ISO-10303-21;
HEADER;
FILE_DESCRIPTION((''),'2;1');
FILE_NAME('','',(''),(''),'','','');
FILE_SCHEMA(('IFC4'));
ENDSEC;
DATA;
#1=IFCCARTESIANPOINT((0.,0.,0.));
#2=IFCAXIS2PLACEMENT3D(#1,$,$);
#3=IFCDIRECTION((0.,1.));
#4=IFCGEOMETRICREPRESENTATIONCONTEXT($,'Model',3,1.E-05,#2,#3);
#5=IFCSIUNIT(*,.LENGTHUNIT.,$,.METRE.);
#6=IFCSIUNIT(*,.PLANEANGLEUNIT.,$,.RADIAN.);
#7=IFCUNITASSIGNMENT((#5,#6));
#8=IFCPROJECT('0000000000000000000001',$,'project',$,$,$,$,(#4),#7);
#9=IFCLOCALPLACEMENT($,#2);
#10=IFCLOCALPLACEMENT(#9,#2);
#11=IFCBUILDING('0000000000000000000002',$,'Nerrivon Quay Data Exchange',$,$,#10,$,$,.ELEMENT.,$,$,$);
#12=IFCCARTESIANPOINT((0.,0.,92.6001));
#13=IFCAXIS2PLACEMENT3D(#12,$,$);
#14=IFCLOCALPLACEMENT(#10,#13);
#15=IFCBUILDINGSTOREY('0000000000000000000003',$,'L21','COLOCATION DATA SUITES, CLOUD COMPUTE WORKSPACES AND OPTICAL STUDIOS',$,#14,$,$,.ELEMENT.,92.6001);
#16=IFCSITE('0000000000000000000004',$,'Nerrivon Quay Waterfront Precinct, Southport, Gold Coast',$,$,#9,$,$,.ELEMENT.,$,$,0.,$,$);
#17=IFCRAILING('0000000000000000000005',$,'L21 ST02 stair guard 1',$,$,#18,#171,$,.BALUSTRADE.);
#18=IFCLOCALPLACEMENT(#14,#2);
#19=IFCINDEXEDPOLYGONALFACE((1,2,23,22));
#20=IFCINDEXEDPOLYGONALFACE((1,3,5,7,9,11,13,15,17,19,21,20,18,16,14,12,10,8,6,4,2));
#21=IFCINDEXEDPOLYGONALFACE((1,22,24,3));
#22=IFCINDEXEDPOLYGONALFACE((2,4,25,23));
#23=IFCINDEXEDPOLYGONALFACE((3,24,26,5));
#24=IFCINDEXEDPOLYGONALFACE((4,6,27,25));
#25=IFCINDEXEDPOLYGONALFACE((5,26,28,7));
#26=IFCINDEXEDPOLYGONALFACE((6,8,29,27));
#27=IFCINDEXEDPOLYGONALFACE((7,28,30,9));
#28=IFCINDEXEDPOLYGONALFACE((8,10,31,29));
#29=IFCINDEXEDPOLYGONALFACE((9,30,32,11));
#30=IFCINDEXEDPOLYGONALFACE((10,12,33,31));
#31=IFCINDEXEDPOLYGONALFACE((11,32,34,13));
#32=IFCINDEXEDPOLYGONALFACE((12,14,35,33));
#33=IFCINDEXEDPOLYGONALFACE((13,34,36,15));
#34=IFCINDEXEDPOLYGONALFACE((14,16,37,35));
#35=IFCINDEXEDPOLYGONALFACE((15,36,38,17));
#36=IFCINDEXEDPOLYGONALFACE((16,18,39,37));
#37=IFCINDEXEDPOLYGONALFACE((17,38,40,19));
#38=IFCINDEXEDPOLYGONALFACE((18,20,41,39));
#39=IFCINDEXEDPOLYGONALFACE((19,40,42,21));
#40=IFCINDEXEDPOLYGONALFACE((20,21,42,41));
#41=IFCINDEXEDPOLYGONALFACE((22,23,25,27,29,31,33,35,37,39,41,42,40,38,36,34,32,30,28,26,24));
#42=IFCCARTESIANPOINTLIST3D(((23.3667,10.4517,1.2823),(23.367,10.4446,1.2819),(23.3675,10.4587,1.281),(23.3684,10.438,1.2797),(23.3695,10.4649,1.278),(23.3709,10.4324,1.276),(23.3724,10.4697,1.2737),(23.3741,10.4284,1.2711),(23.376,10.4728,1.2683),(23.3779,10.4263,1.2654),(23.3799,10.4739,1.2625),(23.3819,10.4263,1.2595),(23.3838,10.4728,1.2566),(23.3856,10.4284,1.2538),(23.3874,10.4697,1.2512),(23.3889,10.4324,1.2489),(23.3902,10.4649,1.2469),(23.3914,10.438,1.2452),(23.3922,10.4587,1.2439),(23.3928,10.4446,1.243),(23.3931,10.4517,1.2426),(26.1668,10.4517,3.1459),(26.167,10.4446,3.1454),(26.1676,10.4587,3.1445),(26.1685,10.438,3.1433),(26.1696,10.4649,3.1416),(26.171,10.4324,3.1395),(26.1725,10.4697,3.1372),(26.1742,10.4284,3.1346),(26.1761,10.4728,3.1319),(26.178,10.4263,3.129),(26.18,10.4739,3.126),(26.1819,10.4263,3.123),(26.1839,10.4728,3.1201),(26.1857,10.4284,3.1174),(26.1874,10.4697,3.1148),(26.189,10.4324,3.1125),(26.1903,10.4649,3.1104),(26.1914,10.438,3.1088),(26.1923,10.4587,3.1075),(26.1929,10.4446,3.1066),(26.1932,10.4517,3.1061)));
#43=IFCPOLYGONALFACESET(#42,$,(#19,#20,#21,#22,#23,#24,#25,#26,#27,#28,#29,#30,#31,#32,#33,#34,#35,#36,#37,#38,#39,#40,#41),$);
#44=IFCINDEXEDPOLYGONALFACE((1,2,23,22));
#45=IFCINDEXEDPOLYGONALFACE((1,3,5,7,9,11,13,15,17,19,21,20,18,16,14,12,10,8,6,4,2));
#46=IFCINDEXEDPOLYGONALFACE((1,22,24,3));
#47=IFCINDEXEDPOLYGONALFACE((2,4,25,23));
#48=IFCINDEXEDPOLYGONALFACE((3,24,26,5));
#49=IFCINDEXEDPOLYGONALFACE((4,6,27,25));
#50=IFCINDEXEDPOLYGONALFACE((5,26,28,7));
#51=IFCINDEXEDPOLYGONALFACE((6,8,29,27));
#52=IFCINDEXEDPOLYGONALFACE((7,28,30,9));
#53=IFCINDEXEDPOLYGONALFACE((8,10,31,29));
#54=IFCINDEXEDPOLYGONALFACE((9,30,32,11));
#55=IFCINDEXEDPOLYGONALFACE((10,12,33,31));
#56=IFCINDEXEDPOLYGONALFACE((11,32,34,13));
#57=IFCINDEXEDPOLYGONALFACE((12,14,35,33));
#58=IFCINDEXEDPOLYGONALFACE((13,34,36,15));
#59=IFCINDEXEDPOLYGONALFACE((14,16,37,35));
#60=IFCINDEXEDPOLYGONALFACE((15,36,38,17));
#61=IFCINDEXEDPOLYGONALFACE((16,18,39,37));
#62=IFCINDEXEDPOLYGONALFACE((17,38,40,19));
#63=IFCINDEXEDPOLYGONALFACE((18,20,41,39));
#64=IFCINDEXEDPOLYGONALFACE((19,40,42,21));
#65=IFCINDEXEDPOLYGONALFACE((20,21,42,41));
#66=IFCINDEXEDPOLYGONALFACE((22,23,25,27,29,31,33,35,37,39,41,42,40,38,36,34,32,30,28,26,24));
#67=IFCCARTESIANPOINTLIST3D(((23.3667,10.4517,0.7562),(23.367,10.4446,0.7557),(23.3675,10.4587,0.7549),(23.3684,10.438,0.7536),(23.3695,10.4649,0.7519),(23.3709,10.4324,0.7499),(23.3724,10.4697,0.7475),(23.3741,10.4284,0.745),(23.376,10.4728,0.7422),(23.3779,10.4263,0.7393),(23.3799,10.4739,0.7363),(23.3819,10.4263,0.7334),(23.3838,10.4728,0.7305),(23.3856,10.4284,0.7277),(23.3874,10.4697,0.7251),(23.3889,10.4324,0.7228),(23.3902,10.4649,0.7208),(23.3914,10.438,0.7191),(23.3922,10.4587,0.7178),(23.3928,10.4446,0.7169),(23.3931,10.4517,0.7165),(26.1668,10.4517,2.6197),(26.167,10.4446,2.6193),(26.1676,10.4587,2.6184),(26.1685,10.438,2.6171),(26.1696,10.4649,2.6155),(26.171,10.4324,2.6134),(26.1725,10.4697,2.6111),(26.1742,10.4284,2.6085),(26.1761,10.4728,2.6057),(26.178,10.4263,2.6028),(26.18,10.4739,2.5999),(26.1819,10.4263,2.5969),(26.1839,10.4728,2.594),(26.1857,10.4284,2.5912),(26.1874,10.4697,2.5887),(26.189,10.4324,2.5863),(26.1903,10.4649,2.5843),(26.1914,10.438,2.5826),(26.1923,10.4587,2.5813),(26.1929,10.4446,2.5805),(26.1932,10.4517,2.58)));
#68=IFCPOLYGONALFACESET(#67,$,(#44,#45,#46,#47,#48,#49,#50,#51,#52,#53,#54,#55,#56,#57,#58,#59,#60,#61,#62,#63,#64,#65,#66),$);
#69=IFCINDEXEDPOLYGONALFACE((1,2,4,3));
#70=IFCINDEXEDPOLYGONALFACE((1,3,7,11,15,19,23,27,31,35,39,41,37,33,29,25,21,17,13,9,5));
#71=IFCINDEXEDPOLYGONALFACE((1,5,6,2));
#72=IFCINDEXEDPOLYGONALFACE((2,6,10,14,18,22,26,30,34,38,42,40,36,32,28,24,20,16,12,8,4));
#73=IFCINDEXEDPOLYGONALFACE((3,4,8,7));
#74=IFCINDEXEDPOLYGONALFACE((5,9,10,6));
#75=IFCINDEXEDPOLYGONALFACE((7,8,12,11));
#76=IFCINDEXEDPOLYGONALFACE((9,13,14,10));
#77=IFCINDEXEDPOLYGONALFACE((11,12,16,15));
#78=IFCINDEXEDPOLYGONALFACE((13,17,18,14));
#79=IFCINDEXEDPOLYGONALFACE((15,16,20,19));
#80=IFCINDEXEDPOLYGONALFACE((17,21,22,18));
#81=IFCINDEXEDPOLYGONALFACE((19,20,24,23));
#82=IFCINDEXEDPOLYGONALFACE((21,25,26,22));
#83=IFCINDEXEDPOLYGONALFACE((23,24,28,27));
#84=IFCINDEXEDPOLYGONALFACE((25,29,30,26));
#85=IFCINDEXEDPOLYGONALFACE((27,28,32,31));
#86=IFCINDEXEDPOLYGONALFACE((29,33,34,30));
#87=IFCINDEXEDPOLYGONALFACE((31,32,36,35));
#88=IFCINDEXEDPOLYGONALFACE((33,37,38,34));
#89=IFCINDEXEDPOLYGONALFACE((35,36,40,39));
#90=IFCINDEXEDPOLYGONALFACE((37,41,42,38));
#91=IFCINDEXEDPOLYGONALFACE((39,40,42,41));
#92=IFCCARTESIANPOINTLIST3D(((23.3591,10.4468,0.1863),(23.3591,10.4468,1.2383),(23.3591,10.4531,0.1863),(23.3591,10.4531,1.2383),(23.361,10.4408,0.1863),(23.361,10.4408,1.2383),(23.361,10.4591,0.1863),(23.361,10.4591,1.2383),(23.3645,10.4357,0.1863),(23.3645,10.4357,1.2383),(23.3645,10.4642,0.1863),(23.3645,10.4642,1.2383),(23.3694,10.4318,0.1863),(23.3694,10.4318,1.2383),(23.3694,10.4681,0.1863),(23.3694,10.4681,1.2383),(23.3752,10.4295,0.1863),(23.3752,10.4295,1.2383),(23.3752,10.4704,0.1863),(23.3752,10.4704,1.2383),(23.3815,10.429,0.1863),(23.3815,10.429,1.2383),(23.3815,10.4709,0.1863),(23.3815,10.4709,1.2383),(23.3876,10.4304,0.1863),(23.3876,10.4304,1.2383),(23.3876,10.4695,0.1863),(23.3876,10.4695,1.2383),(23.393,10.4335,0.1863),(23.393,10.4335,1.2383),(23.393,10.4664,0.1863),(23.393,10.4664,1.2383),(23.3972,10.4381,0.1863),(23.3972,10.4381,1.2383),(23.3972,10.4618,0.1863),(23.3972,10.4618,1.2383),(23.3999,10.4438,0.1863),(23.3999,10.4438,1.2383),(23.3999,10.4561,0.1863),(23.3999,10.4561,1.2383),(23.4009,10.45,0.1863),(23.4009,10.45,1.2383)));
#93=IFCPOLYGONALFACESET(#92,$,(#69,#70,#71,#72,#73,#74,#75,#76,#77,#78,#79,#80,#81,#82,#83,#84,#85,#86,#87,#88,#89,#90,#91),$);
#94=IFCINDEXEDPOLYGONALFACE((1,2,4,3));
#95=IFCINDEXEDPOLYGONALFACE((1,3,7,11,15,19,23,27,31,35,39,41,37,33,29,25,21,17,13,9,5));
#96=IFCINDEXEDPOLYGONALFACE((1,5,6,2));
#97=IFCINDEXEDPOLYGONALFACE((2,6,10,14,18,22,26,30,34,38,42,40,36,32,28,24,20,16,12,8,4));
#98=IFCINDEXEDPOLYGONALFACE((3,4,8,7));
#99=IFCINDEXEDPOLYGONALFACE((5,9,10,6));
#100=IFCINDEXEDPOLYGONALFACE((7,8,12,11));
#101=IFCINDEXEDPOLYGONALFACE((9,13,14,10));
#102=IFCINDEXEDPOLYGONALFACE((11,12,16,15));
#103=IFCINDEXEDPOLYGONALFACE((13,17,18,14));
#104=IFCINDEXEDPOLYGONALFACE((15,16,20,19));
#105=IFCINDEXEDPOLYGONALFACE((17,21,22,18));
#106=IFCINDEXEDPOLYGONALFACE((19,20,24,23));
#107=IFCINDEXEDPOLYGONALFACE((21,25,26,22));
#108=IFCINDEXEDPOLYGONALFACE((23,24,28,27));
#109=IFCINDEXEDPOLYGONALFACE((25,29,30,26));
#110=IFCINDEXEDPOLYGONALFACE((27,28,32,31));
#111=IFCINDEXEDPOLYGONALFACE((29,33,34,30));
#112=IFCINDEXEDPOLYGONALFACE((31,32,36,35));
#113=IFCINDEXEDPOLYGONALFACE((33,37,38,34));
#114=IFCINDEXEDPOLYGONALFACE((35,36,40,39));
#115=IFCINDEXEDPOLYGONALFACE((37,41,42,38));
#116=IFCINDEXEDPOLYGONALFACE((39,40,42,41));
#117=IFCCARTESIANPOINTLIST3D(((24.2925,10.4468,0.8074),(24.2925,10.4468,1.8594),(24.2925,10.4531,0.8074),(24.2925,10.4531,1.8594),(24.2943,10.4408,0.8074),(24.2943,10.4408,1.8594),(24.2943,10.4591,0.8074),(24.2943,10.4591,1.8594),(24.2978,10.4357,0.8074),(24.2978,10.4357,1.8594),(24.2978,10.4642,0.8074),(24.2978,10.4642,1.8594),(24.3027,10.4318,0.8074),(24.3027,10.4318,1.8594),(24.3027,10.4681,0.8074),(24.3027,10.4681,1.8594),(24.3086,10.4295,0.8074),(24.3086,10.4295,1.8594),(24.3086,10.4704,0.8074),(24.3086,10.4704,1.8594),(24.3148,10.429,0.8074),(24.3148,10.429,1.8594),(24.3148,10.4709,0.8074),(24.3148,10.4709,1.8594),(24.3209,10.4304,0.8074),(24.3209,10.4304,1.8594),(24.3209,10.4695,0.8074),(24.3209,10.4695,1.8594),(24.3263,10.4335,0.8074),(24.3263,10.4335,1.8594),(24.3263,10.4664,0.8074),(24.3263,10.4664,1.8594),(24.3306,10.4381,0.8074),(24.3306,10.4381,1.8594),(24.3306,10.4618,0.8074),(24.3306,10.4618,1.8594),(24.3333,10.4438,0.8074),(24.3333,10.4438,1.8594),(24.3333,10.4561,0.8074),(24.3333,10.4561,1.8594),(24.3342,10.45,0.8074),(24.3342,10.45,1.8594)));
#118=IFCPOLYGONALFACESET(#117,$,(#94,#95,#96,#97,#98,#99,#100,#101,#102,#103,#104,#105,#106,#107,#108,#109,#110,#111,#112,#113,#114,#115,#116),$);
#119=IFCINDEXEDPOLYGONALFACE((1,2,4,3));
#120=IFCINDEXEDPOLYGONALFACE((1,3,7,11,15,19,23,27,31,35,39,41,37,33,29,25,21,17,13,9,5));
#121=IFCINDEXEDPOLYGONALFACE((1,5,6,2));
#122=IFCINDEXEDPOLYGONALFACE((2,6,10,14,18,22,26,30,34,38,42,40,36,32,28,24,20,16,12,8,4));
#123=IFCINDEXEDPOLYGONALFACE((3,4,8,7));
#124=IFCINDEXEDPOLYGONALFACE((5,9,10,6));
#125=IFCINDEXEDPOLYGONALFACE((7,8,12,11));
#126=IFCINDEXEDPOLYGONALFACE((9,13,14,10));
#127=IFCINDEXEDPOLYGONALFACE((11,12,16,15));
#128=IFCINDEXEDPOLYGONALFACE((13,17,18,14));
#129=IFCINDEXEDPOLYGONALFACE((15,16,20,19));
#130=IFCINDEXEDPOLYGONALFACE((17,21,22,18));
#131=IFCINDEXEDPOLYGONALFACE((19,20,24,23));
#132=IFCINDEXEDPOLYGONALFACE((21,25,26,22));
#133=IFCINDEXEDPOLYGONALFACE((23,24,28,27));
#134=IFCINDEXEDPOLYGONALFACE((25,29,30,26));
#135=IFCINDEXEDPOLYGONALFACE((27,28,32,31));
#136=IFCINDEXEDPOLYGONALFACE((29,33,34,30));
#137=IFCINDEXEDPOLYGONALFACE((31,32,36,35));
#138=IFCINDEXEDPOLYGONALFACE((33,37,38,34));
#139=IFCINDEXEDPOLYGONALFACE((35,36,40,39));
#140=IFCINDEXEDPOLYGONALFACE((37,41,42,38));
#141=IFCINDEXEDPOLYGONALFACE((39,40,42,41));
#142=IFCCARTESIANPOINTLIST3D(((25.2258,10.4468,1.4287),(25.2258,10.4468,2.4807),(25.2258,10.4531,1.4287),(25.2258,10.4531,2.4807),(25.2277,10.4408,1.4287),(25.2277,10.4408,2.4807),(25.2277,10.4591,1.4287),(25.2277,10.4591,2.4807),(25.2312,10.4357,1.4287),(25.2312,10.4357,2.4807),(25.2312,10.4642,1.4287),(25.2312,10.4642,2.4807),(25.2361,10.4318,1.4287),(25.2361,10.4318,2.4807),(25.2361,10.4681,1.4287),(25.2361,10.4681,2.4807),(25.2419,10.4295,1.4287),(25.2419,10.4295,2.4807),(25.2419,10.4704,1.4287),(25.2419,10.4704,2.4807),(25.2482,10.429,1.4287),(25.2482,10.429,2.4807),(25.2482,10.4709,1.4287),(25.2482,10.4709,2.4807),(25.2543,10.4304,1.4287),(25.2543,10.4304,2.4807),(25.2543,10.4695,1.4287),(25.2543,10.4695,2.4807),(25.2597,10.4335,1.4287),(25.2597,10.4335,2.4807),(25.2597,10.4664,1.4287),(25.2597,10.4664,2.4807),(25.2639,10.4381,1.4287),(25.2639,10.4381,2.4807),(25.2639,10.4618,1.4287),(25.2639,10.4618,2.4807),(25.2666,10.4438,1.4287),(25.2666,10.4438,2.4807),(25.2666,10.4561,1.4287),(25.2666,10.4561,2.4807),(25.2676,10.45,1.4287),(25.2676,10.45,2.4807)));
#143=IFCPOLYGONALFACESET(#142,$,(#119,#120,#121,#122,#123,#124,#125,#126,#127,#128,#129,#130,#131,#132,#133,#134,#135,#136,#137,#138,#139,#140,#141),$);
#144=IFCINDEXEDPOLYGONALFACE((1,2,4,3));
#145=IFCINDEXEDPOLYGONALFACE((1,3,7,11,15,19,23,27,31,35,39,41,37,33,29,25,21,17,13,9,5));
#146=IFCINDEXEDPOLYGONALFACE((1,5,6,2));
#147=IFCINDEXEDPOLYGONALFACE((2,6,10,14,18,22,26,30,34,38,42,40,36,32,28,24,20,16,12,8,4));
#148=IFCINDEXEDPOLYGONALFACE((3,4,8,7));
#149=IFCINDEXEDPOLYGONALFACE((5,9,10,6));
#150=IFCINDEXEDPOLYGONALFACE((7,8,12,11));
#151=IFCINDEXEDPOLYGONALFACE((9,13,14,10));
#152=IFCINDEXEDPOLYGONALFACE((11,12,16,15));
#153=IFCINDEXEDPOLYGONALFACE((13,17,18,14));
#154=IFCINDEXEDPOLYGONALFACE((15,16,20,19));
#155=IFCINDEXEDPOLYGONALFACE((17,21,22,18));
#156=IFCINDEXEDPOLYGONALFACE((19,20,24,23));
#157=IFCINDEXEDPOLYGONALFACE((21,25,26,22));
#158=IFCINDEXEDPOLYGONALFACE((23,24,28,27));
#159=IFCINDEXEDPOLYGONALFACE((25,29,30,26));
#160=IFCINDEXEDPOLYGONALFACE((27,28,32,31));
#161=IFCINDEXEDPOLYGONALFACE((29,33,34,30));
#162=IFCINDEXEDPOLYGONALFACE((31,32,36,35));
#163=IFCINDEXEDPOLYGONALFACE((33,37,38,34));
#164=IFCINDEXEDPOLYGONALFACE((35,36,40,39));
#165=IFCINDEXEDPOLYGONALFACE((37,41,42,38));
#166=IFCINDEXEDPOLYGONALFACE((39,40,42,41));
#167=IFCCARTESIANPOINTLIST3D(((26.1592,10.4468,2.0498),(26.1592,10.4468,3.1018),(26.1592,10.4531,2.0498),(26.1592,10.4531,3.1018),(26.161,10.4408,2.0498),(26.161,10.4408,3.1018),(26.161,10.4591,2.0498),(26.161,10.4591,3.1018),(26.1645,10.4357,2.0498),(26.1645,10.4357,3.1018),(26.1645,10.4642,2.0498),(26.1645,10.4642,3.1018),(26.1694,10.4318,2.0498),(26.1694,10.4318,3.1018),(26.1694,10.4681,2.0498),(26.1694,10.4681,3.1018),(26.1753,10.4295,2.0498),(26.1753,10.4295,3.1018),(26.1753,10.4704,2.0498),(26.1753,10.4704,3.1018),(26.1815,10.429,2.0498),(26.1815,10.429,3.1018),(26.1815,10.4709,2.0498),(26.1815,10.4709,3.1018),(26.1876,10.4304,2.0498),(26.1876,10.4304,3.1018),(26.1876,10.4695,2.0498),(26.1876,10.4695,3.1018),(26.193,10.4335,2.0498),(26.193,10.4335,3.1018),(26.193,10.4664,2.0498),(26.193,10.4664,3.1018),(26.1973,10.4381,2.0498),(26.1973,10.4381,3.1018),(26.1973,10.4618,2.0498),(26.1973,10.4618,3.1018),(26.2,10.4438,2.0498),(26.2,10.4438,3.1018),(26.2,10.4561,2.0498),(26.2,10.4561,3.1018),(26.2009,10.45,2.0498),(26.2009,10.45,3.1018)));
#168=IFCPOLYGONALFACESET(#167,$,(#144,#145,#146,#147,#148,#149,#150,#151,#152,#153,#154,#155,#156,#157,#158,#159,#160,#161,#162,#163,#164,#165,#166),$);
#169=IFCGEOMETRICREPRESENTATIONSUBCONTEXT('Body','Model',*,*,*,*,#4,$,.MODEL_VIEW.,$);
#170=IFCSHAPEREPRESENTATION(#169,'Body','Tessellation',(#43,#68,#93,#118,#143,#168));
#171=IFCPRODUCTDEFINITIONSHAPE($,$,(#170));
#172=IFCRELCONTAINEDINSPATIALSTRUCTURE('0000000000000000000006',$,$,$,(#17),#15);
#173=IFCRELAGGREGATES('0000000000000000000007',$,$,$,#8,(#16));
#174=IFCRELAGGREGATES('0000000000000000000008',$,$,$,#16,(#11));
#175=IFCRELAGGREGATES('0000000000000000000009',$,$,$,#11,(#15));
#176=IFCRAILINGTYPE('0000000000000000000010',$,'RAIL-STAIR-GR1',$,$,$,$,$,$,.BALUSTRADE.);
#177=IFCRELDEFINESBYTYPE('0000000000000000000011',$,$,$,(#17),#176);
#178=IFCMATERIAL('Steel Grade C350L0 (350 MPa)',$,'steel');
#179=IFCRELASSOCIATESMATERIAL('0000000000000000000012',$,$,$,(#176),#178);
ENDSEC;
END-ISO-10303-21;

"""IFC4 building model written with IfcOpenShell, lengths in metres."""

from ifc_helpers import new_model, si_unit, direction, frame, origin, origin_2d, place, context, subcontext, project, spatial, circle, extrude, material, type_object, element, save


model = new_model("IFC4")

# Units and contexts
model_context = context("Model", 3, precision=1e-05, world=origin(), true_north=direction((0.0, 1.0)))
body_context = subcontext(model_context, "Body", "Model", "MODEL_VIEW")
ifc_project = project(units=[si_unit("LENGTHUNIT", "METRE"), si_unit("PLANEANGLEUNIT", "RADIAN")], contexts=[model_context])

# Site, building, storey
site_placement = place(None, origin())
site = spatial("IfcSite", under=ifc_project, at=site_placement, Name="Nerrivon Quay Waterfront Precinct, Southport, Gold Coast", CompositionType="ELEMENT", RefElevation=0.0)
building_placement = place(site_placement, origin())
building = spatial("IfcBuilding", under=site, at=building_placement, Name="Nerrivon Quay Data Exchange", CompositionType="ELEMENT")
storey_placement = place(building_placement, frame((0.0, 0.0, 92.6001)))
storey = spatial("IfcBuildingStorey", under=building, at=storey_placement, Name="L21", Description="COLOCATION DATA SUITES, CLOUD COMPUTE WORKSPACES AND OPTICAL STUDIOS", CompositionType="ELEMENT", Elevation=92.6001)

# Railing
ifc_material_1 = material(Name="Steel Grade C350L0 (350 MPa)", Category="steel")
railing_type_1 = type_object("IfcRailingType", Name="RAIL-STAIR-GR1", PredefinedType="BALUSTRADE", material=ifc_material_1)
railing_1_placement = place(storey_placement, frame((23.3799, 10.45, 0.1863)))
element("IfcRailing", 1, at=railing_1_placement, inside=storey, type_object=railing_type_1, Name="L21 ST02 stair guard 1", PredefinedType="BALUSTRADE", context=body_context, shape_type="SweptSolid", body=[
    extrude(circle(Radius=0.0239, at=origin_2d()), frame((0.0, 0.0, 1.0762), z_axis=(0.832486, 0.0, 0.554047), x_axis=(0.0, 1.0, 0.0)), (0.0, 0.0, 1.0), 3.3635),
    extrude(circle(Radius=0.0239, at=origin_2d()), frame((0.0, 0.0, 0.55), z_axis=(0.832486, 0.0, 0.554047), x_axis=(0.0, 1.0, 0.0)), (0.0, 0.0, 1.0), 3.3635),
    extrude(circle(Radius=0.021, at=origin_2d()), origin(), (0.0, 0.0, 1.0), 1.052),
    extrude(circle(Radius=0.021, at=origin_2d()), frame((0.9333, 0.0, 0.6211)), (0.0, 0.0, 1.0), 1.052),
    extrude(circle(Radius=0.021, at=origin_2d()), frame((1.8667, 0.0, 1.2424)), (0.0, 0.0, 1.0), 1.052),
    extrude(circle(Radius=0.021, at=origin_2d()), frame((2.8, 0.0, 1.8635)), (0.0, 0.0, 1.0), 1.052),
])

save(model, "model.ifc")
